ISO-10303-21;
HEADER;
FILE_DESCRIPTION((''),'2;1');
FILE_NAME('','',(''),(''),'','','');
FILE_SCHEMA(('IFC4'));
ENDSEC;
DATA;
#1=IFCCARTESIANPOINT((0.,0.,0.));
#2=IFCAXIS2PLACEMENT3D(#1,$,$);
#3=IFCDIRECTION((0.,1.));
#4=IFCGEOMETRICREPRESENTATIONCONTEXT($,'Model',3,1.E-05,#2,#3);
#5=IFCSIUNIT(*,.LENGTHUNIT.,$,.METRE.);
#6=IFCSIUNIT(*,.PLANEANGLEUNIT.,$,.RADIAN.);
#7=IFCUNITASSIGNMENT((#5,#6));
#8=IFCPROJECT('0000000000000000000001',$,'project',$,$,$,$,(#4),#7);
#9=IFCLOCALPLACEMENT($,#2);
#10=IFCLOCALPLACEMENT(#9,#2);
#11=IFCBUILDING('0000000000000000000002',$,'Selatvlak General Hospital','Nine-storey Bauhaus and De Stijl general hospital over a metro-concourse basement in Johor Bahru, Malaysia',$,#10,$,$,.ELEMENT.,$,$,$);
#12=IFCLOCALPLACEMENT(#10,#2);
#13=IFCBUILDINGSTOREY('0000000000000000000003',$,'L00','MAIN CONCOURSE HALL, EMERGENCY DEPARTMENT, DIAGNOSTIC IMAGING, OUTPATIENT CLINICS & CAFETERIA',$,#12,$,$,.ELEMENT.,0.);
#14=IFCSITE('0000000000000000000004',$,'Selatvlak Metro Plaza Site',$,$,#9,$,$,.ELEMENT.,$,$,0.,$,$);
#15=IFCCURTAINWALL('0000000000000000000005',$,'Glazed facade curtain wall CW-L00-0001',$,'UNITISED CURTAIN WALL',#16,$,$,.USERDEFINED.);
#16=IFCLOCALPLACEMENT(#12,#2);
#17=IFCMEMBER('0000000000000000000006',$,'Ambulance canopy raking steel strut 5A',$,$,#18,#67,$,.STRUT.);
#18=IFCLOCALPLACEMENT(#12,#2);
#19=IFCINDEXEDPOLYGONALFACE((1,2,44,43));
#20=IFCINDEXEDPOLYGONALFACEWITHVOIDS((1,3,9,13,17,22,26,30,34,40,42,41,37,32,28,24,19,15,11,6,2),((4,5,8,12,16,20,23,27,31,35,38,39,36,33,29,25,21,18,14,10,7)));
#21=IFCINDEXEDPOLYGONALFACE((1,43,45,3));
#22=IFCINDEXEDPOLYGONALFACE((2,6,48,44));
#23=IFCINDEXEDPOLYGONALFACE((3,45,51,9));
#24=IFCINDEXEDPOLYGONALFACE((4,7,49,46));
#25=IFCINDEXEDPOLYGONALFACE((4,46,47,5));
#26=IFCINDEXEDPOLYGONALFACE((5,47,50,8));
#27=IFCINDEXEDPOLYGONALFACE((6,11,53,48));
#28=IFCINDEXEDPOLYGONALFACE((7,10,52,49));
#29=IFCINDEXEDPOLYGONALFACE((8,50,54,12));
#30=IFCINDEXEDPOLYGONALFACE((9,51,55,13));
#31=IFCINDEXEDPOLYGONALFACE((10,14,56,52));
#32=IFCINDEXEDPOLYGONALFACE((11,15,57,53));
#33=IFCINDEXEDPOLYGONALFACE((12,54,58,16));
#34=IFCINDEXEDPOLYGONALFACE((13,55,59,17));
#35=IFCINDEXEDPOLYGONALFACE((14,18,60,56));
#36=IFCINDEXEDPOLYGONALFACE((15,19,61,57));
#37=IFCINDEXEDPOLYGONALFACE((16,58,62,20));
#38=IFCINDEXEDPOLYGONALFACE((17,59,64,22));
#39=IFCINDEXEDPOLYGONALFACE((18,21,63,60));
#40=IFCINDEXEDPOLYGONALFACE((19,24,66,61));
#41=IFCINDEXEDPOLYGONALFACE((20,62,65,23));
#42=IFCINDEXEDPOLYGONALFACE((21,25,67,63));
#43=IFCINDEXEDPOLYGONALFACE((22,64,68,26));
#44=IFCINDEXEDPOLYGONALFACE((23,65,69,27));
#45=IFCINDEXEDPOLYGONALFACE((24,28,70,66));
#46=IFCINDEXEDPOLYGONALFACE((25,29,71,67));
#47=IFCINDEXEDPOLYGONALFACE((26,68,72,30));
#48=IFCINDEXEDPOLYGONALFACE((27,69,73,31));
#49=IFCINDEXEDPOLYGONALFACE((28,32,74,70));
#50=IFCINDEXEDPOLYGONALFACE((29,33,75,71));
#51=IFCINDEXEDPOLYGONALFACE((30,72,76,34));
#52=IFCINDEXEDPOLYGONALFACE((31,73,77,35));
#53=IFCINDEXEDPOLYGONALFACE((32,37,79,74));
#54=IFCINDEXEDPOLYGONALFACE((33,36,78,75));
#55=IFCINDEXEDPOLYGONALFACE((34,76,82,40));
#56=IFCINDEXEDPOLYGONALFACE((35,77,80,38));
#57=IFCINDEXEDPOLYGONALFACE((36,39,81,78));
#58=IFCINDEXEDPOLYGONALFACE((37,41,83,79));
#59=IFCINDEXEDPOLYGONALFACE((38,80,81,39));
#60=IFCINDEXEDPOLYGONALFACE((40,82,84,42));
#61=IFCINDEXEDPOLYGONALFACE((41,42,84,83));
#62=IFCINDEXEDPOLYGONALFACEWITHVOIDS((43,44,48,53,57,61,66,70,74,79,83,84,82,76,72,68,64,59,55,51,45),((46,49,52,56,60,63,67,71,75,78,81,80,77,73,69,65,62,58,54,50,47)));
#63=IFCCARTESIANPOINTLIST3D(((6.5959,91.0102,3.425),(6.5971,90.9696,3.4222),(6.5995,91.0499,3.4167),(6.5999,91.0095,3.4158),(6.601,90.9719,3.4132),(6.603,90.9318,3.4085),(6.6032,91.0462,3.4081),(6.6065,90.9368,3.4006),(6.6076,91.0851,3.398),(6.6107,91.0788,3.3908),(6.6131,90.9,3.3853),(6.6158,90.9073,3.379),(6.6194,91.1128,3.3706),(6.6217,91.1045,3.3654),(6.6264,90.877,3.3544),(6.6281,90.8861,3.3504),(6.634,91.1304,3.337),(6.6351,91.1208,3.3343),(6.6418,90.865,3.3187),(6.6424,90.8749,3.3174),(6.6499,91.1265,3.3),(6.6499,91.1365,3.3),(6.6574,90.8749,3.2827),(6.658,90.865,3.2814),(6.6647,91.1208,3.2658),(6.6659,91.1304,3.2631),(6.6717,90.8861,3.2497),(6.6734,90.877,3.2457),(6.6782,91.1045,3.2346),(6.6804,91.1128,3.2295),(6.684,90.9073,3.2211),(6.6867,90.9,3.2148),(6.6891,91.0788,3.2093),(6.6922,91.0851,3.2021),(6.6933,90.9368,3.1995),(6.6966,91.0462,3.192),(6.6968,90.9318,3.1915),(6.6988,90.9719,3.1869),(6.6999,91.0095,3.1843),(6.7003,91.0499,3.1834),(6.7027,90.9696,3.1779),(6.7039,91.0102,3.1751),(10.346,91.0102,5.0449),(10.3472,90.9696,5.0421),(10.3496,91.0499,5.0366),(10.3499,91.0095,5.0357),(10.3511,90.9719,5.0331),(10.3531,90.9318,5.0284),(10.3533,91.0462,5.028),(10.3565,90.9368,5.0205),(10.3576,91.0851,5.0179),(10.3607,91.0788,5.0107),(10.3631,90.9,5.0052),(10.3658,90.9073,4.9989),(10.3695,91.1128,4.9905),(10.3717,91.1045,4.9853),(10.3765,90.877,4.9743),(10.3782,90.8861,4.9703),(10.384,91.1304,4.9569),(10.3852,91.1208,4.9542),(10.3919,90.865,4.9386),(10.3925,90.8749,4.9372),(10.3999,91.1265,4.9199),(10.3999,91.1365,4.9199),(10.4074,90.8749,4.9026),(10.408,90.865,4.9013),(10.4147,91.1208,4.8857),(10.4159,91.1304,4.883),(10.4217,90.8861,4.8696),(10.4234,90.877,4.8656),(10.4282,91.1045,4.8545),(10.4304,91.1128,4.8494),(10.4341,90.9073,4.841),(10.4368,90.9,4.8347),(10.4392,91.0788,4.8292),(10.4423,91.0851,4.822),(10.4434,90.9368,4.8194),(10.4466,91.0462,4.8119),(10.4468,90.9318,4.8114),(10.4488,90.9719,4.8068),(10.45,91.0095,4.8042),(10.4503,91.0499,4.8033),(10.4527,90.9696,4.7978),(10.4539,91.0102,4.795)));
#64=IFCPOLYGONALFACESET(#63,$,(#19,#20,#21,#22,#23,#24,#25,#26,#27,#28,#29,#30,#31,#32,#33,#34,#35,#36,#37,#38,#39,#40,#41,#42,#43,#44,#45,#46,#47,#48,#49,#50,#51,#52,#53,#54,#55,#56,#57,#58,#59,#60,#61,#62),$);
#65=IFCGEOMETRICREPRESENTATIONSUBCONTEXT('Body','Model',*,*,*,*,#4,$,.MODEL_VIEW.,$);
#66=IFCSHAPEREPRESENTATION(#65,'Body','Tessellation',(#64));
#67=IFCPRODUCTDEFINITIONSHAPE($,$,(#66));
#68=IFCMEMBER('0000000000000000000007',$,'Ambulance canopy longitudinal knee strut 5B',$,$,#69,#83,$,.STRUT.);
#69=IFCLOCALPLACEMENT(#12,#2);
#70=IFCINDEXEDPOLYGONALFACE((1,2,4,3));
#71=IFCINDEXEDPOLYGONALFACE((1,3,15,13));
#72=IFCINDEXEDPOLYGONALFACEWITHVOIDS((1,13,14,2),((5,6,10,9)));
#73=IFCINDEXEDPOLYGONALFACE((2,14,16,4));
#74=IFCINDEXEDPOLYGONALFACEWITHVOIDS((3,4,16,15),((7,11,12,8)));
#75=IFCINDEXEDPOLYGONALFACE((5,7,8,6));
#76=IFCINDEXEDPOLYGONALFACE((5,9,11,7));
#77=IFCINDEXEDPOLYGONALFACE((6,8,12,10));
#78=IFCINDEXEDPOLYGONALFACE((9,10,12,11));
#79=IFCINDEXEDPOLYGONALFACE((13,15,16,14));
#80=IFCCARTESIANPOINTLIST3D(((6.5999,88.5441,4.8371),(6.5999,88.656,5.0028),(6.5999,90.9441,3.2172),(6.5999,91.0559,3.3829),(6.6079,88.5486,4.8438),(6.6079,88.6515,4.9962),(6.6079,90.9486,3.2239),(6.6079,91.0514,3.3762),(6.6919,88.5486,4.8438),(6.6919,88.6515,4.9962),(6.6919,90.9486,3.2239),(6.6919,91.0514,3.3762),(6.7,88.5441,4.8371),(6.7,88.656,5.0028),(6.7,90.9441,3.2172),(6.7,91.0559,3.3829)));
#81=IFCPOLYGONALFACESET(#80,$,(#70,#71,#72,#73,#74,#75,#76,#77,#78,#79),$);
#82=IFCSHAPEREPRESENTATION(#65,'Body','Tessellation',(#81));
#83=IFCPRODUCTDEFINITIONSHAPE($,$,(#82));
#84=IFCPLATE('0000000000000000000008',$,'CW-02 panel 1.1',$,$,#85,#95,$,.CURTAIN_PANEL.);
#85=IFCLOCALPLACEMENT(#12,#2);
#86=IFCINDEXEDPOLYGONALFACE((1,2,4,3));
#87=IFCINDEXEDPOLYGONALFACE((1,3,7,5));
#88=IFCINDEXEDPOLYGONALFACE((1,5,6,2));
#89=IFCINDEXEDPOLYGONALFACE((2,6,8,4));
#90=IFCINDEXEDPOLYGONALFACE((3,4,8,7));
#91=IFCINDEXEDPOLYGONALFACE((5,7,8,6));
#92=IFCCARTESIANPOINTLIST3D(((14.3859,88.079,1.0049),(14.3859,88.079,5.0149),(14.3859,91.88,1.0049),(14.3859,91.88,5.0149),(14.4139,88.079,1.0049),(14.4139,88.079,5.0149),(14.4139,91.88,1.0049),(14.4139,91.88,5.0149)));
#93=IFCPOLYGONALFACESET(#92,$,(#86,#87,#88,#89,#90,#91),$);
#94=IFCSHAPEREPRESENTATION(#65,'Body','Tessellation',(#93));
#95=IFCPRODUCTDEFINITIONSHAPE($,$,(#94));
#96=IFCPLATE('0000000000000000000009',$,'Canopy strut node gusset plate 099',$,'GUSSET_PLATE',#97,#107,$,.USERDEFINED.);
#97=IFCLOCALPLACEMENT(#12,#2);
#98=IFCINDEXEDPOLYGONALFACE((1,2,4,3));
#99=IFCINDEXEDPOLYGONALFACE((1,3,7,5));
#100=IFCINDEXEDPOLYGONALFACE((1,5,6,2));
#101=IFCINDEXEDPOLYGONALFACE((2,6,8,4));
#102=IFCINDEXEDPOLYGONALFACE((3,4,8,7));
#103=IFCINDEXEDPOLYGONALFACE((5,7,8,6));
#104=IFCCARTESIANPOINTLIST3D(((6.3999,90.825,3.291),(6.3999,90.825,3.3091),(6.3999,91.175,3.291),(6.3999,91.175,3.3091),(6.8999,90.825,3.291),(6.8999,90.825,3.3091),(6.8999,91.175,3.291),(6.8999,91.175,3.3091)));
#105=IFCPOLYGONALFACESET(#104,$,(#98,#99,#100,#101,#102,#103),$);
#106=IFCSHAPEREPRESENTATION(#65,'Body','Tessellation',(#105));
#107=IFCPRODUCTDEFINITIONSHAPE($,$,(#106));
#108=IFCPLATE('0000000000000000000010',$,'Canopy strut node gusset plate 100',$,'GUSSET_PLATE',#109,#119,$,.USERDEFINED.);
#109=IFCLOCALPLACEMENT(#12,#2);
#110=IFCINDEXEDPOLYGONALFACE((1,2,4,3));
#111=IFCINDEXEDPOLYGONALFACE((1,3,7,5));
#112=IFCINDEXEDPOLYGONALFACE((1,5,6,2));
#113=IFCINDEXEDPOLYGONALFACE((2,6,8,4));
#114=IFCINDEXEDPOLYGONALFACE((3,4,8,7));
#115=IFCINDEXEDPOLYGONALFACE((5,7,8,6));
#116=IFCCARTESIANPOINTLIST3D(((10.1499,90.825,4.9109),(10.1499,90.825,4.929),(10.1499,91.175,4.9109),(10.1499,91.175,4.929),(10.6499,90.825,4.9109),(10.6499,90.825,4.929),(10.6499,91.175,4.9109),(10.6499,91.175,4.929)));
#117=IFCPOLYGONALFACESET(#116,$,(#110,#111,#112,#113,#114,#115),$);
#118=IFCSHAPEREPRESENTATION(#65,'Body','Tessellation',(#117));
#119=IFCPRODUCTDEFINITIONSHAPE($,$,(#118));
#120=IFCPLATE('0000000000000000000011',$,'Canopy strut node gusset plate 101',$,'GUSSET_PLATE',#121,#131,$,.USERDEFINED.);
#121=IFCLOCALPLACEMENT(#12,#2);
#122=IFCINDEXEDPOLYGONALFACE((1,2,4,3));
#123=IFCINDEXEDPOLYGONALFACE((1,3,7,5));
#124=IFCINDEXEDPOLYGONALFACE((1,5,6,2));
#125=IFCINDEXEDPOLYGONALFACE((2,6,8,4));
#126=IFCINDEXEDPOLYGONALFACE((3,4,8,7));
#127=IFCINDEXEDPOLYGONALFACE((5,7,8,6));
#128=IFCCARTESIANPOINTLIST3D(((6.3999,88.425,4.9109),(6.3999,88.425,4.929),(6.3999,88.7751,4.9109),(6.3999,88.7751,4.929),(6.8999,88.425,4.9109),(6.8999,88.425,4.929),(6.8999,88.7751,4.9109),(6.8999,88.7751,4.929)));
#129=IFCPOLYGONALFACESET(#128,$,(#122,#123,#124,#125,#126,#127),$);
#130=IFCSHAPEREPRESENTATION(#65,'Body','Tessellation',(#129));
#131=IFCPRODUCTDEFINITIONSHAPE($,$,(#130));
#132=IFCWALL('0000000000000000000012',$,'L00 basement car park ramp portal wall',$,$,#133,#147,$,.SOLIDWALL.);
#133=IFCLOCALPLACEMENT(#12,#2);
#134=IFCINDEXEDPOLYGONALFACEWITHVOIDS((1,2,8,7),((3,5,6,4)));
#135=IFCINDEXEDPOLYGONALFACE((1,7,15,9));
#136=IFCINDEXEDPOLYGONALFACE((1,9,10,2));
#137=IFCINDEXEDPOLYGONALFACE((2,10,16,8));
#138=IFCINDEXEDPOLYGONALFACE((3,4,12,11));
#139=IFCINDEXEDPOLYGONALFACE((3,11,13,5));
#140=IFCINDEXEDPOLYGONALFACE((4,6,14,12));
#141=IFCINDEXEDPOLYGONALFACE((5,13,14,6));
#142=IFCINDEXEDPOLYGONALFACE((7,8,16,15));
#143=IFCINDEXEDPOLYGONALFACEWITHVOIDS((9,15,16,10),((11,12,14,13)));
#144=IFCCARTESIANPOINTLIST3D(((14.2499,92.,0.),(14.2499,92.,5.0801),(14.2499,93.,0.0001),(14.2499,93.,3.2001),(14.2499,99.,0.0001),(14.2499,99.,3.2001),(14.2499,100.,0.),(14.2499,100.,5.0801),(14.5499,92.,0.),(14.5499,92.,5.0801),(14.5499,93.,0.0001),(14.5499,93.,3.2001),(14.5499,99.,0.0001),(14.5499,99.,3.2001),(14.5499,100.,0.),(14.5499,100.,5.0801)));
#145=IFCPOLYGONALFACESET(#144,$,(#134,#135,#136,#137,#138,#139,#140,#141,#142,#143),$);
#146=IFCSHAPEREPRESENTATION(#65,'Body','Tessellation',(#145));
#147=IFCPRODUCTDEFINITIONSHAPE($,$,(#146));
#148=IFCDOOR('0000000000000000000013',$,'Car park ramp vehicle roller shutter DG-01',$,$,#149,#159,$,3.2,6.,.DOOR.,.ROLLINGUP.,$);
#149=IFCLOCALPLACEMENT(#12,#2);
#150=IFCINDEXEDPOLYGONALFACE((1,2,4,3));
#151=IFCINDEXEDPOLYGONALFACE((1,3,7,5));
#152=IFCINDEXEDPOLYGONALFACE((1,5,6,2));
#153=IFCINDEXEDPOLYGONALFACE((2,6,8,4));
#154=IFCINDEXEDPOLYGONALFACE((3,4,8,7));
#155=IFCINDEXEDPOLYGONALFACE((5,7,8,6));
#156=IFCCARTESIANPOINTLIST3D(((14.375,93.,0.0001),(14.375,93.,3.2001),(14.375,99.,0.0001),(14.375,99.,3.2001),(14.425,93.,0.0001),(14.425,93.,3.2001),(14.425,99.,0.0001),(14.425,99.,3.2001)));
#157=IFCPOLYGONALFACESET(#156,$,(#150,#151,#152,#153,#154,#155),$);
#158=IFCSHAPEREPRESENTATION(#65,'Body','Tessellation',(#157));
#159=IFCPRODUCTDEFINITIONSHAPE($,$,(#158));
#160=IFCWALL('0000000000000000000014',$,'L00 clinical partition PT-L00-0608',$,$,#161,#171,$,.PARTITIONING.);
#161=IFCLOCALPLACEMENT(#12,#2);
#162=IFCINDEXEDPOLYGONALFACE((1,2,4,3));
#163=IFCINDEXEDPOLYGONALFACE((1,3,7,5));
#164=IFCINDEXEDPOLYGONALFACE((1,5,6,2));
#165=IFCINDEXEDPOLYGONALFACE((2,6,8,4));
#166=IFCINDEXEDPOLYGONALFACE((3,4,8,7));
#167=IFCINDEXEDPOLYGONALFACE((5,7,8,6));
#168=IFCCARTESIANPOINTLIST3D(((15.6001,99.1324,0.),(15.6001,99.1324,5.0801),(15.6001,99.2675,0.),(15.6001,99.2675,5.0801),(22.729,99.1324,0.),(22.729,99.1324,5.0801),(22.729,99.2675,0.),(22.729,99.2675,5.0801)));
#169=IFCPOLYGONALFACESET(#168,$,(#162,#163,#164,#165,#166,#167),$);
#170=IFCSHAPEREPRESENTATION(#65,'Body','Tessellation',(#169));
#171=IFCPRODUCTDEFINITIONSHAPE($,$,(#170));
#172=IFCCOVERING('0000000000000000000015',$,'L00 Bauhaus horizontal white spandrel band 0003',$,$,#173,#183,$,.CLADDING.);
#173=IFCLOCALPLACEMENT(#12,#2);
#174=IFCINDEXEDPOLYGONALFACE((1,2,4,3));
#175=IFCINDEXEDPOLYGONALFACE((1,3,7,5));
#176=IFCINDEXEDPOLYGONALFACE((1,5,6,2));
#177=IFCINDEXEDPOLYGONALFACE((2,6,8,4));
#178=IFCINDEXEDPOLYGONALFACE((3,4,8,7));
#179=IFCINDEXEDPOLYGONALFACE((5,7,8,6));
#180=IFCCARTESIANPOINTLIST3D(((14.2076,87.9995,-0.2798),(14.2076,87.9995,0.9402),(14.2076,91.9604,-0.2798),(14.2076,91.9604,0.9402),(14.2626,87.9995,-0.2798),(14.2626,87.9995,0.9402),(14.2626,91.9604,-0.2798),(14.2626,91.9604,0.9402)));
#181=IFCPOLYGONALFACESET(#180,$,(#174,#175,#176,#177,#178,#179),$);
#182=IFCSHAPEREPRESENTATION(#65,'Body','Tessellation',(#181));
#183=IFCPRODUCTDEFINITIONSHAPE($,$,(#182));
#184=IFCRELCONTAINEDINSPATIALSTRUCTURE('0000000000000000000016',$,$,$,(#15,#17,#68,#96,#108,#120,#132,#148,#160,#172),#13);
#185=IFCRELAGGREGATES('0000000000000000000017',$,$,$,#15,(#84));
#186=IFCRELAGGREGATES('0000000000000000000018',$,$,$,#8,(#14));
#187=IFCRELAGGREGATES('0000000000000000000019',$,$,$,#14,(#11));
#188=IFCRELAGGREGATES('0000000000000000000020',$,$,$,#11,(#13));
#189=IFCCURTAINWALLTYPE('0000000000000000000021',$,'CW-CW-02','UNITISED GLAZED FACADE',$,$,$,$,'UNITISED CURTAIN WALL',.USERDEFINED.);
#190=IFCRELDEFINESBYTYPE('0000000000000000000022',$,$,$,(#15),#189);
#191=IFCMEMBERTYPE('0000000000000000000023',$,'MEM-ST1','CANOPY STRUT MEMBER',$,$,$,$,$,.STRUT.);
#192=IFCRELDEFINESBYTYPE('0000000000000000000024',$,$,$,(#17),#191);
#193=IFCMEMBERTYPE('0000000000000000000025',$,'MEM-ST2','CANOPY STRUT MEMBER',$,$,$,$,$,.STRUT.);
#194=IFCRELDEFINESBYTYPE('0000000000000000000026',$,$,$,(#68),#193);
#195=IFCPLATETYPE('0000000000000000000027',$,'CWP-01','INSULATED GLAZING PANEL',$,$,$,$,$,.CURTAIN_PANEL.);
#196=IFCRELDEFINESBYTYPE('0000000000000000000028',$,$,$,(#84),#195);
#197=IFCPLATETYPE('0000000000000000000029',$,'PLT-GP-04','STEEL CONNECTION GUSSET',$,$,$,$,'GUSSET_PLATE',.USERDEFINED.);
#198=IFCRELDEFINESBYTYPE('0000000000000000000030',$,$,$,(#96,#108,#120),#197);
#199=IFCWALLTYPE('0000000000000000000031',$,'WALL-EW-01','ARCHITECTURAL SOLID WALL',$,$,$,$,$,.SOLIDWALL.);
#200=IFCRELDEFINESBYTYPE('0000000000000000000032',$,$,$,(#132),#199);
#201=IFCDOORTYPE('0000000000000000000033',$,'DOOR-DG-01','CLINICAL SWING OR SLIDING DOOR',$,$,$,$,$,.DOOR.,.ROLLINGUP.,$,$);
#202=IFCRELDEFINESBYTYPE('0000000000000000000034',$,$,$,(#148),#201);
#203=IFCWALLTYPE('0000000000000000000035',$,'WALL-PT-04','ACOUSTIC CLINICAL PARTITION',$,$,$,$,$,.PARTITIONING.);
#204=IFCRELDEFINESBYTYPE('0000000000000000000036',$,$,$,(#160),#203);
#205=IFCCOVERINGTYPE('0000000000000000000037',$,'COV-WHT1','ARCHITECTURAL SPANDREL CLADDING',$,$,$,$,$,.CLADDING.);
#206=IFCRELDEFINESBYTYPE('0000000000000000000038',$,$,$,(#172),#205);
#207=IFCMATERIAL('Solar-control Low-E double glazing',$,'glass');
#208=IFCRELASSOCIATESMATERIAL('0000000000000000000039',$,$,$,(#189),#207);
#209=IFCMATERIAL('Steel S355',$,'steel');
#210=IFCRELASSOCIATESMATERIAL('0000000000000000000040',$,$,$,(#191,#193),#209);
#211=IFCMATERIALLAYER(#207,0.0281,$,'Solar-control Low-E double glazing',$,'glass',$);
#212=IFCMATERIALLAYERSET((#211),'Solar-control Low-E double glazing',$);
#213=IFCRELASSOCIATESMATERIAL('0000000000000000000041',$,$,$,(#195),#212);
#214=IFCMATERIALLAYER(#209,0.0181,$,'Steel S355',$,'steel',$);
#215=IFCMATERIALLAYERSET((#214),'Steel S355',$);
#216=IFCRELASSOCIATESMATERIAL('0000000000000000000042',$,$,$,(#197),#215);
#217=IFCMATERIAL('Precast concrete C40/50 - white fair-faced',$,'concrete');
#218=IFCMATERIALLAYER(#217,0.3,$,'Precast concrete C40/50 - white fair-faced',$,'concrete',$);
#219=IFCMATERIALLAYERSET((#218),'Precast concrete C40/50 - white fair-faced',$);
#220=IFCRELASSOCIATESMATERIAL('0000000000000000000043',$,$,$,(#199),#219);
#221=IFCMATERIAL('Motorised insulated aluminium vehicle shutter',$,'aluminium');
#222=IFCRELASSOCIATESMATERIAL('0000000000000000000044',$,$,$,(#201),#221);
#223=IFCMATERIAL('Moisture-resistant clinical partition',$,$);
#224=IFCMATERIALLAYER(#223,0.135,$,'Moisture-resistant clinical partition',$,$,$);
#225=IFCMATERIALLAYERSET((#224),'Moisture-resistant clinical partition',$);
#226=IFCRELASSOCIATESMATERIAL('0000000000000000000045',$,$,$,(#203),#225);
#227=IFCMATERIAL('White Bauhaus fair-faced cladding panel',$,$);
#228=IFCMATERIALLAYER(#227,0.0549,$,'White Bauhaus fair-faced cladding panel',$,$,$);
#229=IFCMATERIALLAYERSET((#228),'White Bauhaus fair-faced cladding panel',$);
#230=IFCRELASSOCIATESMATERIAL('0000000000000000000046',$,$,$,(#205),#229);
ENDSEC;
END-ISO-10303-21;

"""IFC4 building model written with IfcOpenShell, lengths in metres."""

from ifc_helpers import new_model, si_unit, direction, frame, frame_2d, origin, origin_2d, place, context, subcontext, project, spatial, rectangle, hollow_rectangle, hollow_circle, extrude, material, layer, layer_set, material_profile, profile_set, type_object, element, fill, aggregate, save


model = new_model("IFC4")

# Units and contexts
model_context = context("Model", 3, precision=1e-05, world=origin(), true_north=direction((0.0, 1.0)))
body_context = subcontext(model_context, "Body", "Model", "MODEL_VIEW")
ifc_project = project(units=[si_unit("LENGTHUNIT", "METRE"), si_unit("PLANEANGLEUNIT", "RADIAN")], contexts=[model_context])

# Site, building, storey
site_placement = place(None, origin())
site = spatial("IfcSite", under=ifc_project, at=site_placement, Name="Selatvlak Metro Plaza Site", CompositionType="ELEMENT", RefElevation=0.0)
building_placement = place(site_placement, origin())
building = spatial("IfcBuilding", under=site, at=building_placement, Name="Selatvlak General Hospital", Description="Nine-storey Bauhaus and De Stijl general hospital over a metro-concourse basement in Johor Bahru, Malaysia", CompositionType="ELEMENT")
storey_placement = place(building_placement, origin())
storey = spatial("IfcBuildingStorey", under=building, at=storey_placement, Name="L00", Description="MAIN CONCOURSE HALL, EMERGENCY DEPARTMENT, DIAGNOSTIC IMAGING, OUTPATIENT CLINICS & CAFETERIA", CompositionType="ELEMENT", Elevation=0.0)

# Shared definitions
ifc_material_1 = material(Name="Steel S355", Category="steel")

# Curtain wall
ifc_material_2 = material(Name="Solar-control Low-E double glazing", Category="glass")
curtain_wall_type = type_object("IfcCurtainWallType", Name="CW-CW-02", Description="UNITISED GLAZED FACADE", ElementType="UNITISED CURTAIN WALL", PredefinedType="USERDEFINED", material=ifc_material_2)
curtain_wall_placement = place(storey_placement, origin())
curtain_wall = element("IfcCurtainWall", 1, at=curtain_wall_placement, inside=storey, type_object=curtain_wall_type, Name="Glazed facade curtain wall CW-L00-0001", ObjectType="UNITISED CURTAIN WALL", PredefinedType="USERDEFINED")

# Members
ifc_material_profile_1 = material_profile(ifc_material_1, hollow_circle(Radius=0.1365, WallThickness=0.01, at=origin_2d()), Name="CHS 273.0x10")
ifc_profile_set_1 = profile_set([ifc_material_profile_1], Name="Steel S355")
member_type_1 = type_object("IfcMemberType", Name="MEM-ST1", Description="CANOPY STRUT MEMBER", PredefinedType="STRUT", material=ifc_profile_set_1)
member_1_placement = place(storey_placement, frame((6.6499, 91.0, 3.3), z_axis=(0.918013, 0.0, 0.39655), x_axis=(0.0, 1.0, 0.0)))
element("IfcMember", 2, at=member_1_placement, inside=storey, type_object=member_type_1, Name="Ambulance canopy raking steel strut 5A", PredefinedType="STRUT", context=body_context, shape_type="SweptSolid", body=[
    extrude(hollow_circle(Radius=0.1365, WallThickness=0.01, at=origin_2d()), origin(), (0.0, 0.0, 1.0), 4.085),
])
ifc_material_profile_2 = material_profile(ifc_material_1, hollow_rectangle(XDim=0.1001, YDim=0.2, WallThickness=0.0081, at=origin_2d()), Name="RHS 200x100x8")
ifc_profile_set_2 = profile_set([ifc_material_profile_2], Name="Steel S355")
member_type_2 = type_object("IfcMemberType", Name="MEM-ST2", Description="CANOPY STRUT MEMBER", PredefinedType="STRUT", material=ifc_profile_set_2)
member_2_placement = place(storey_placement, frame((6.6499, 91.0, 3.3), z_axis=(0.0, -0.828858, 0.559458), x_axis=(1.0, 0.0, 0.0)))
element("IfcMember", 3, at=member_2_placement, inside=storey, type_object=member_type_2, Name="Ambulance canopy longitudinal knee strut 5B", PredefinedType="STRUT", context=body_context, shape_type="SweptSolid", body=[
    extrude(hollow_rectangle(XDim=0.1001, YDim=0.2, WallThickness=0.0081, at=origin_2d()), origin(), (0.0, 0.0, 1.0), 2.8955),
])

# Plate
ifc_layer_1 = layer(ifc_material_2, 0.0281, Name="Solar-control Low-E double glazing", Category="glass")
ifc_layer_set_1 = layer_set([ifc_layer_1], Name="Solar-control Low-E double glazing")
plate_type_1 = type_object("IfcPlateType", Name="CWP-01", Description="INSULATED GLAZING PANEL", PredefinedType="CURTAIN_PANEL", material=ifc_layer_set_1)
plate_placement = place(storey_placement, frame((14.3999, 89.9795, 1.0049), z_axis=(0.0, 0.0, 1.0), x_axis=(0.0, 1.0, 0.0)))
plate = element("IfcPlate", 4, at=plate_placement, type_object=plate_type_1, Name="CW-02 panel 1.1", PredefinedType="CURTAIN_PANEL", context=body_context, shape_type="SweptSolid", body=[
    extrude(rectangle(XDim=3.801, YDim=0.0281, at=origin_2d()), origin(), (0.0, 0.0, 1.0), 4.01),
])
aggregate(curtain_wall, [plate])

# Plates
ifc_layer_2 = layer(ifc_material_1, 0.0181, Name="Steel S355", Category="steel")
ifc_layer_set_2 = layer_set([ifc_layer_2], Name="Steel S355")
plate_type_2 = type_object("IfcPlateType", Name="PLT-GP-04", Description="STEEL CONNECTION GUSSET", ElementType="GUSSET_PLATE", PredefinedType="USERDEFINED", material=ifc_layer_set_2)
for number, where, z_axis, x_axis, name in (
    (5, (6.6499, 91.0, 3.291), (0.0, 0.0, 1.0), (1.0, 0.0, 0.0), "Canopy strut node gusset plate 099"),
    (6, (10.3999, 91.0, 4.9109), (0.0, 0.0, 1.0), (1.0, 0.0, 0.0), "Canopy strut node gusset plate 100"),
    (7, (6.6499, 88.6001, 4.9109), (0.0, 0.0, 1.0), (1.0, 0.0, 0.0), "Canopy strut node gusset plate 101"),
):
    element("IfcPlate", number, at=place(storey_placement, frame(where, z_axis=z_axis, x_axis=x_axis)), inside=storey, type_object=plate_type_2, Name=name, ObjectType="GUSSET_PLATE", PredefinedType="USERDEFINED", context=body_context, shape_type="SweptSolid", body=[
        extrude(rectangle(XDim=0.5, YDim=0.3501, at=origin_2d()), origin(), (0.0, 0.0, 1.0), 0.0181),
    ])

# Wall, opening, door
ifc_material_3 = material(Name="Precast concrete C40/50 - white fair-faced", Category="concrete")
ifc_layer_3 = layer(ifc_material_3, 0.3, Name="Precast concrete C40/50 - white fair-faced", Category="concrete")
ifc_layer_set_3 = layer_set([ifc_layer_3], Name="Precast concrete C40/50 - white fair-faced")
wall_type_1 = type_object("IfcWallType", Name="WALL-EW-01", Description="ARCHITECTURAL SOLID WALL", PredefinedType="SOLIDWALL", material=ifc_layer_set_3)
wall_1_placement = place(storey_placement, frame((14.3999, 92.0, 0.0), z_axis=(0.0, 0.0, 1.0), x_axis=(0.0, 1.0, 0.0)))
wall_1 = element("IfcWall", 8, at=wall_1_placement, inside=storey, type_object=wall_type_1, Name="L00 basement car park ramp portal wall", PredefinedType="SOLIDWALL", context=body_context, shape_type="SweptSolid", body=[
    extrude(rectangle(XDim=8.0, YDim=0.3, at=frame_2d((4.0, 0.0))), origin(), (0.0, 0.0, 1.0), 5.0801),
])
opening_placement = place(wall_1_placement, frame((1.0, 0.0, 0.0)))
opening = element("IfcOpeningElement", 9, at=opening_placement, cuts=wall_1, PredefinedType="OPENING", context=body_context, shape_type="SweptSolid", body=[
    extrude(rectangle(XDim=6.0, YDim=3.2, at=frame_2d((3.0, 1.6001))), frame((0.0, 0.1599, 0.0), z_axis=(0.0, -1.0, 0.0), x_axis=(1.0, 0.0, 0.0)), (0.0, 0.0, 1.0), 0.3201),
])
ifc_material_4 = material(Name="Motorised insulated aluminium vehicle shutter", Category="aluminium")
door_type = type_object("IfcDoorType", Name="DOOR-DG-01", Description="CLINICAL SWING OR SLIDING DOOR", OperationType="ROLLINGUP", PredefinedType="DOOR", material=ifc_material_4)
door_placement = place(opening_placement, origin())
door = element("IfcDoor", 10, at=door_placement, inside=storey, type_object=door_type, Name="Car park ramp vehicle roller shutter DG-01", OperationType="ROLLINGUP", OverallHeight=3.2, OverallWidth=6.0, PredefinedType="DOOR", context=body_context, shape_type="SweptSolid", body=[
    extrude(rectangle(XDim=6.0, YDim=3.2, at=frame_2d((3.0, 1.6001))), frame((0.0, 0.0249, 0.0), z_axis=(0.0, -1.0, 0.0), x_axis=(1.0, 0.0, 0.0)), (0.0, 0.0, 1.0), 0.05),
])
fill(opening, door)

# Wall
ifc_material_5 = material(Name="Moisture-resistant clinical partition")
ifc_layer_4 = layer(ifc_material_5, 0.135, Name="Moisture-resistant clinical partition")
ifc_layer_set_4 = layer_set([ifc_layer_4], Name="Moisture-resistant clinical partition")
wall_type_2 = type_object("IfcWallType", Name="WALL-PT-04", Description="ACOUSTIC CLINICAL PARTITION", PredefinedType="PARTITIONING", material=ifc_layer_set_4)
wall_2_placement = place(storey_placement, frame((22.729, 99.2, 0.0), z_axis=(0.0, 0.0, 1.0), x_axis=(-1.0, 0.0, 0.0)))
element("IfcWall", 11, at=wall_2_placement, inside=storey, type_object=wall_type_2, Name="L00 clinical partition PT-L00-0608", PredefinedType="PARTITIONING", context=body_context, shape_type="SweptSolid", body=[
    extrude(rectangle(XDim=7.1289, YDim=0.135, at=frame_2d((3.5645, 0.0))), origin(), (0.0, 0.0, 1.0), 5.0801),
])

# Covering
ifc_material_6 = material(Name="White Bauhaus fair-faced cladding panel")
ifc_layer_5 = layer(ifc_material_6, 0.0549, Name="White Bauhaus fair-faced cladding panel")
ifc_layer_set_5 = layer_set([ifc_layer_5], Name="White Bauhaus fair-faced cladding panel")
covering_type = type_object("IfcCoveringType", Name="COV-WHT1", Description="ARCHITECTURAL SPANDREL CLADDING", PredefinedType="CLADDING", material=ifc_layer_set_5)
covering_placement = place(storey_placement, frame((14.2351, 89.98, -0.2798), z_axis=(0.0, 0.0, 1.0), x_axis=(0.0, 1.0, 0.0)))
element("IfcCovering", 12, at=covering_placement, inside=storey, type_object=covering_type, Name="L00 Bauhaus horizontal white spandrel band 0003", PredefinedType="CLADDING", context=body_context, shape_type="SweptSolid", body=[
    extrude(rectangle(XDim=3.9609, YDim=0.0549, at=origin_2d()), origin(), (0.0, 0.0, 1.0), 1.22),
])

save(model, "model.ifc")
